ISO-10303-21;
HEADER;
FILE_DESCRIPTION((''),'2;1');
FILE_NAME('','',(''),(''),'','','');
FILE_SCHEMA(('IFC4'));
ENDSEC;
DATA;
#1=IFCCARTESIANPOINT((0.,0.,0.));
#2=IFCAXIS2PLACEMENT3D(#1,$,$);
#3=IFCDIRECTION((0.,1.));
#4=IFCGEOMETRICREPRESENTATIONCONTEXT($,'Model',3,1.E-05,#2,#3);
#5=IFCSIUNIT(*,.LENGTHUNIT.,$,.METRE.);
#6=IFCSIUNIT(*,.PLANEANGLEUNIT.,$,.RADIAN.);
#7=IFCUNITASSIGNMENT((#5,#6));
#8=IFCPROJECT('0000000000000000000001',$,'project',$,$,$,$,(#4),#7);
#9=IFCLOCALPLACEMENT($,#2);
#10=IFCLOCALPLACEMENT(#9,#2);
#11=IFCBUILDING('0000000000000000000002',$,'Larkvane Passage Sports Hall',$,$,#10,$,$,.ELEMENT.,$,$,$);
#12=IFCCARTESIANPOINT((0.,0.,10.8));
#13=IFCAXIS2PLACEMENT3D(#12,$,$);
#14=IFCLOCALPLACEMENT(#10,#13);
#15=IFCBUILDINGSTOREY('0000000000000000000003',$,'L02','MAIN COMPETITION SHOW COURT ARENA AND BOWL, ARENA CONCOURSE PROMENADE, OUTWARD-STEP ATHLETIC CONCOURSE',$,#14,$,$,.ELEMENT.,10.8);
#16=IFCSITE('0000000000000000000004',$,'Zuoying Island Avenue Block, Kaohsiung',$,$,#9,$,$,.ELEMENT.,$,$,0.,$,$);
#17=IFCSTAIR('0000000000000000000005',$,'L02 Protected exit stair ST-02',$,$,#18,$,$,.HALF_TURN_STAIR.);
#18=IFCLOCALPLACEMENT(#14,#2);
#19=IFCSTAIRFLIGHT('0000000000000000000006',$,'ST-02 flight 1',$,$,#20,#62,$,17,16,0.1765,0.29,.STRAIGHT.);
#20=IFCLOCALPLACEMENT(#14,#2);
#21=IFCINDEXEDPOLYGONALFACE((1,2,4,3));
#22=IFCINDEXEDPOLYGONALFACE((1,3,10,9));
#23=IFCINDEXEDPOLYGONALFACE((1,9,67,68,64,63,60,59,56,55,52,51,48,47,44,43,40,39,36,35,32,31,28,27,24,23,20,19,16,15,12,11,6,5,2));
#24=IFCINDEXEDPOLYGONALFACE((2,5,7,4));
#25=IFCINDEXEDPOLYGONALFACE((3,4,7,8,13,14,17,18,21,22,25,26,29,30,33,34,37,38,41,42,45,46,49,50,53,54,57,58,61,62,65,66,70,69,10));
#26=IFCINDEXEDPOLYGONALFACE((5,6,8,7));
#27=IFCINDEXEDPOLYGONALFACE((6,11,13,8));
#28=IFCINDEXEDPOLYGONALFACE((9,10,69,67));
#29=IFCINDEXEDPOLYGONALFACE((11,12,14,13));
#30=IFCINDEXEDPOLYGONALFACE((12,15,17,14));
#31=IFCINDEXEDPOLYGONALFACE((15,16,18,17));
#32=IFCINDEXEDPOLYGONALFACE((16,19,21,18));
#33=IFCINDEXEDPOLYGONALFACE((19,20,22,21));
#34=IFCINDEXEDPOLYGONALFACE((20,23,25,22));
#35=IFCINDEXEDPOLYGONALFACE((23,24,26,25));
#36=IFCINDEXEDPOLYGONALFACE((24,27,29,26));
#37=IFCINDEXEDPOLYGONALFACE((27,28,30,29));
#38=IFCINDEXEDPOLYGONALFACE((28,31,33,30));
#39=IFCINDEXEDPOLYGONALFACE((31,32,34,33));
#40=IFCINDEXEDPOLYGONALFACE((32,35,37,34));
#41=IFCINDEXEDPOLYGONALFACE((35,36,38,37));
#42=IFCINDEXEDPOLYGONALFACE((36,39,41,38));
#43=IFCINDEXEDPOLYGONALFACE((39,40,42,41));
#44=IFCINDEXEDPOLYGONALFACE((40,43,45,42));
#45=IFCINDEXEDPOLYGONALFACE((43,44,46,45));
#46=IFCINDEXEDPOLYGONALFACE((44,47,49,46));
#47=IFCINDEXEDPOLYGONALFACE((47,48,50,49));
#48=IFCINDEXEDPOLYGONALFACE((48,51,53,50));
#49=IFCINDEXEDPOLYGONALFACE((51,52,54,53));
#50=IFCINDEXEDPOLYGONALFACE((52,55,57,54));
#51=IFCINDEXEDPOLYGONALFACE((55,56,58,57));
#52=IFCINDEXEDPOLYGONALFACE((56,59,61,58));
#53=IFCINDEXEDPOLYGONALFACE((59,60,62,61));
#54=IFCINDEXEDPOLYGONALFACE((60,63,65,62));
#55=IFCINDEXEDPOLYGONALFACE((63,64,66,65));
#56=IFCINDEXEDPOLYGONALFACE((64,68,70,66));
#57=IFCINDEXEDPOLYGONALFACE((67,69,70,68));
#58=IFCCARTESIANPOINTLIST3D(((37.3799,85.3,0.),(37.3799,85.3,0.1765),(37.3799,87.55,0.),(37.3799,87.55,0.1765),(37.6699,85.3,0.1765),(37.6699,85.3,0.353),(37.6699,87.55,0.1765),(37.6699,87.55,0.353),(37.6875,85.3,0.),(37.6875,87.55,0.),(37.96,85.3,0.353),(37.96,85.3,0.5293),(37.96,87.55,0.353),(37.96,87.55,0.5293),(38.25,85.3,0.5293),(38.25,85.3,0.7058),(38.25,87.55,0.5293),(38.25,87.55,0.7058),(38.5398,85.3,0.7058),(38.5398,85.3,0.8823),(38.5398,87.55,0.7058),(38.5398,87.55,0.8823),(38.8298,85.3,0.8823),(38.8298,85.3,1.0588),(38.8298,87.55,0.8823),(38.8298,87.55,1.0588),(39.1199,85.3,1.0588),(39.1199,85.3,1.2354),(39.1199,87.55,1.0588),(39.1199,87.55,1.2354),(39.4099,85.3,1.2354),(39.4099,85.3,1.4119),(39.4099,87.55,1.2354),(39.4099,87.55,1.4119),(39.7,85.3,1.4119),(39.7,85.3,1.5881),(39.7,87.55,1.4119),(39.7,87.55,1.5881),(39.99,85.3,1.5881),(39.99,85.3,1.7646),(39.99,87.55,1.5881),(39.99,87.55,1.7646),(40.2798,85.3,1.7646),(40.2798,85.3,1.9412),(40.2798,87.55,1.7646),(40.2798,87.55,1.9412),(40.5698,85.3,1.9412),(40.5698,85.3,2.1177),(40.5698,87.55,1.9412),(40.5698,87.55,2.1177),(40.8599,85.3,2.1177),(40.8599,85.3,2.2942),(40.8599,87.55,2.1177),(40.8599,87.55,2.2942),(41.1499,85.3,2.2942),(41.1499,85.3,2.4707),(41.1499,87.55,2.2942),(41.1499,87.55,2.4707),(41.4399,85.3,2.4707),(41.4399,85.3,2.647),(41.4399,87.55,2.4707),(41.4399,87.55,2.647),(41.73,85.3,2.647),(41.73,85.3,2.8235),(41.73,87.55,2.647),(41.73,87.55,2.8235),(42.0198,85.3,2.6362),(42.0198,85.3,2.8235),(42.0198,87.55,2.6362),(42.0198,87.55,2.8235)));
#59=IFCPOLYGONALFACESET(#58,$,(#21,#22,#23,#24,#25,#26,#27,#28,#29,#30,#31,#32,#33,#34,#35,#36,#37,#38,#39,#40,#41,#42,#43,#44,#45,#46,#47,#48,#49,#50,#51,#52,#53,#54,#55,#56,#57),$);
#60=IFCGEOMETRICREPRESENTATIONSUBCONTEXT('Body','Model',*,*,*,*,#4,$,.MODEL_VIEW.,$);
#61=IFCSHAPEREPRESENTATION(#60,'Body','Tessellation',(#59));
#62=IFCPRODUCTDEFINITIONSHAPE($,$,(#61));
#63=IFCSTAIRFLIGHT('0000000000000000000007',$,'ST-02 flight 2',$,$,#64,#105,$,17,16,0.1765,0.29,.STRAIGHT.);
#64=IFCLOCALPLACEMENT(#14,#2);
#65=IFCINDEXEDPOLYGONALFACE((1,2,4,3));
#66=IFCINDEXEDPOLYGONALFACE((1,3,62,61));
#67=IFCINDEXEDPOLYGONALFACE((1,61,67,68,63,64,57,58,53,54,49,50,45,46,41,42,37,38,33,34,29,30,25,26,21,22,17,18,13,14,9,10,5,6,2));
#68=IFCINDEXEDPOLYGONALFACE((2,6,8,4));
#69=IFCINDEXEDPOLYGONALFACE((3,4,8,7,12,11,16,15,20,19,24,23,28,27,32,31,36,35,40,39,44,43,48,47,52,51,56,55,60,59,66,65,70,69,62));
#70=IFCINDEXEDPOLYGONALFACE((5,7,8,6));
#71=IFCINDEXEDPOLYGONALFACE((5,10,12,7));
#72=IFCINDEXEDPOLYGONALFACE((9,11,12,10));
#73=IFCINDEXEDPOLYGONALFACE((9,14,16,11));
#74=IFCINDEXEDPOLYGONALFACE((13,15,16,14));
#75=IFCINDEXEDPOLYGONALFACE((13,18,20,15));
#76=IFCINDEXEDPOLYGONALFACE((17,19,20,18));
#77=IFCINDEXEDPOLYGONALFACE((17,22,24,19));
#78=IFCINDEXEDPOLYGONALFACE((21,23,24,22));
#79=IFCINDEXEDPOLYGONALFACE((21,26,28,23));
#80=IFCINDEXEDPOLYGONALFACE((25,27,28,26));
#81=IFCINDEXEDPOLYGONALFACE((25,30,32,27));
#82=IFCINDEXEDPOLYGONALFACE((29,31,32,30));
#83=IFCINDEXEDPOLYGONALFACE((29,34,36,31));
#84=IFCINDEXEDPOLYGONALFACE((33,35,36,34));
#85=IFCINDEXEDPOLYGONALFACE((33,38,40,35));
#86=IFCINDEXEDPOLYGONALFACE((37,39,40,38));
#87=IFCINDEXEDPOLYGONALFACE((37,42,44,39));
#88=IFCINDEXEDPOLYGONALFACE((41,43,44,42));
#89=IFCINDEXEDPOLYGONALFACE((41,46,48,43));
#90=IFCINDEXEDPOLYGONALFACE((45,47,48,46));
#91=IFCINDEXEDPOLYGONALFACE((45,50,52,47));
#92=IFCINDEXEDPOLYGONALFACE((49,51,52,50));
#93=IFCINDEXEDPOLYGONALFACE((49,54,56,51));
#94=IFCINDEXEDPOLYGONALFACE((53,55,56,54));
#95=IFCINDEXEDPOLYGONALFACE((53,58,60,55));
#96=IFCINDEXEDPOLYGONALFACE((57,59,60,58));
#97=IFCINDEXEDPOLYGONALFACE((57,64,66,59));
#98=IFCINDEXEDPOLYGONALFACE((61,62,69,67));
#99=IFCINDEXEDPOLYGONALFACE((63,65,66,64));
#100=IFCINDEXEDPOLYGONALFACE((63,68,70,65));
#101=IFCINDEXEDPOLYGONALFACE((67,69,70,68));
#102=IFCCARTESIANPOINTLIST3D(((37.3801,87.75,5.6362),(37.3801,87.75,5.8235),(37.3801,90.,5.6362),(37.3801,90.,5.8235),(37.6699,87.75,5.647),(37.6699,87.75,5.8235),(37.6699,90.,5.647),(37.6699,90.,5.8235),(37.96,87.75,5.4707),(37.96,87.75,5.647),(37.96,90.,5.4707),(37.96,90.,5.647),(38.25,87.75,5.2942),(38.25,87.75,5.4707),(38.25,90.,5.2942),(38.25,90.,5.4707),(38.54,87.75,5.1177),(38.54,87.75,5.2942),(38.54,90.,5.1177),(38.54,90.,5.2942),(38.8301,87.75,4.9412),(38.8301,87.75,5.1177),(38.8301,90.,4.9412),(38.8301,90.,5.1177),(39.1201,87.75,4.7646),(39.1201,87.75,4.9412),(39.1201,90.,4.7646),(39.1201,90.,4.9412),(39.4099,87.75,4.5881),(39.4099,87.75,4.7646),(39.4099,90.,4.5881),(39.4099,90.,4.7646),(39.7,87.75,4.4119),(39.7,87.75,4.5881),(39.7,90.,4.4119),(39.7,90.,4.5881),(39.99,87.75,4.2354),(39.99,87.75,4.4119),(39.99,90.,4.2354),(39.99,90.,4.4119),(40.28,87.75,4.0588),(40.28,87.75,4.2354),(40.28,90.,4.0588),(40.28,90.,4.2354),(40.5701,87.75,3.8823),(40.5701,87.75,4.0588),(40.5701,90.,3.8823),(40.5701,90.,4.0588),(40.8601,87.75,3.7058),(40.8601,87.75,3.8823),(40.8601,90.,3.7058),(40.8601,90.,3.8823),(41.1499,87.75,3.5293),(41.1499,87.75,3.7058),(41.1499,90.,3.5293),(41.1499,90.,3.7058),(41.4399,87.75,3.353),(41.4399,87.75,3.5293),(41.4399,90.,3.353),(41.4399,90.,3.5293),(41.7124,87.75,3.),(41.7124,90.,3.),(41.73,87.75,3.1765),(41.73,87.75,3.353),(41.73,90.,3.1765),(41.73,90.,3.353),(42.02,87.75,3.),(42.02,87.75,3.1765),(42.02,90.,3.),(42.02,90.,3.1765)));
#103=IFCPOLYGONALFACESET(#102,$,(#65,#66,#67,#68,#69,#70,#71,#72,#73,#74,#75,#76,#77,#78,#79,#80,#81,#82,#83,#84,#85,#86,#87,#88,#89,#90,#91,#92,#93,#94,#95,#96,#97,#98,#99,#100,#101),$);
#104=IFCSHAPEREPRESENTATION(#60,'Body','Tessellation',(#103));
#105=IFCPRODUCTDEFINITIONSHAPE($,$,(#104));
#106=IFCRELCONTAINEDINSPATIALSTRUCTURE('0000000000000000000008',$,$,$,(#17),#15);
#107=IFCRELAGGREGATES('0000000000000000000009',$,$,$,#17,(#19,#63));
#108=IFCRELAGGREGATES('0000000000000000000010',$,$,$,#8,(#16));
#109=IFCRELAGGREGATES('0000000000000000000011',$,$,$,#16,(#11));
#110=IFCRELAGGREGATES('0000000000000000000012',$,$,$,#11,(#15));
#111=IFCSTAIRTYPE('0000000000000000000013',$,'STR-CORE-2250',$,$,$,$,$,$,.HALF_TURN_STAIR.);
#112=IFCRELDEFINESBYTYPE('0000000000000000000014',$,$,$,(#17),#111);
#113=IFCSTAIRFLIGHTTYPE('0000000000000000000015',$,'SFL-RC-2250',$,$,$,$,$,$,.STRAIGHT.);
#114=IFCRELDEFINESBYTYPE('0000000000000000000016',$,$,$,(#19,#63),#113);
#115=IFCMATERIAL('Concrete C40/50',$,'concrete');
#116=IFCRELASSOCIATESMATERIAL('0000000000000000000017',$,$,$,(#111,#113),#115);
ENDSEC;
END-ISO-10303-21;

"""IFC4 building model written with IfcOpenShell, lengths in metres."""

from ifc_helpers import new_model, si_unit, direction, frame, origin, place, context, subcontext, project, spatial, polyline, outline, extrude, material, type_object, element, aggregate, save


model = new_model("IFC4")

# Units and contexts
model_context = context("Model", 3, precision=1e-05, world=origin(), true_north=direction((0.0, 1.0)))
body_context = subcontext(model_context, "Body", "Model", "MODEL_VIEW")
ifc_project = project(units=[si_unit("LENGTHUNIT", "METRE"), si_unit("PLANEANGLEUNIT", "RADIAN")], contexts=[model_context])

# Site, building, storey
site_placement = place(None, origin())
site = spatial("IfcSite", under=ifc_project, at=site_placement, Name="Zuoying Island Avenue Block, Kaohsiung", CompositionType="ELEMENT", RefElevation=0.0)
building_placement = place(site_placement, origin())
building = spatial("IfcBuilding", under=site, at=building_placement, Name="Larkvane Passage Sports Hall", CompositionType="ELEMENT")
storey_placement = place(building_placement, frame((0.0, 0.0, 10.8)))
storey = spatial("IfcBuildingStorey", under=building, at=storey_placement, Name="L02", Description="MAIN COMPETITION SHOW COURT ARENA AND BOWL, ARENA CONCOURSE PROMENADE, OUTWARD-STEP ATHLETIC CONCOURSE", CompositionType="ELEMENT", Elevation=10.8)

# Shared definitions
ifc_material_1 = material(Name="Concrete C40/50", Category="concrete")

# Stair, stair flights
stair_type = type_object("IfcStairType", Name="STR-CORE-2250", PredefinedType="HALF_TURN_STAIR", material=ifc_material_1)
stair_placement = place(storey_placement, origin())
stair = element("IfcStair", 1, at=stair_placement, inside=storey, type_object=stair_type, Name="L02 Protected exit stair ST-02", PredefinedType="HALF_TURN_STAIR")
stair_flight_type = type_object("IfcStairFlightType", Name="SFL-RC-2250", PredefinedType="STRAIGHT", material=ifc_material_1)
stair_flight_1_placement = place(storey_placement, frame((37.3799, 86.425, 0.0), z_axis=(0.0, 0.0, 1.0), x_axis=(1.0, 0.0, 0.0)))
stair_flight_1 = element("IfcStairFlight", 2, at=stair_flight_1_placement, type_object=stair_flight_type, Name="ST-02 flight 1", NumberOfRisers=17, NumberOfTreads=16, PredefinedType="STRAIGHT", RiserHeight=0.1765, TreadLength=0.29, context=body_context, shape_type="SweptSolid", body=[
    extrude(outline(polyline([(0.0, 0.0), (0.0, 0.1765), (0.29, 0.1765), (0.29, 0.353), (0.5801, 0.353), (0.5801, 0.5293), (0.8701, 0.5293), (0.8701, 0.7058), (1.1599, 0.7058), (1.1599, 0.8823), (1.45, 0.8823), (1.45, 1.0588), (1.74, 1.0588), (1.74, 1.2354), (2.03, 1.2354), (2.03, 1.4119), (2.3201, 1.4119), (2.3201, 1.5881), (2.6101, 1.5881), (2.6101, 1.7646), (2.8999, 1.7646), (2.8999, 1.9412), (3.1899, 1.9412), (3.1899, 2.1177), (3.48, 2.1177), (3.48, 2.2942), (3.77, 2.2942), (3.77, 2.4707), (4.0601, 2.4707), (4.0601, 2.647), (4.3501, 2.647), (4.3501, 2.8235), (4.6399, 2.8235), (4.6399, 3.0), (4.6399, 2.6362), (0.3076, 0.0), (0.0, 0.0)])), frame((0.0, 1.125, 0.0), z_axis=(0.0, -1.0, 0.0), x_axis=(1.0, 0.0, 0.0)), (0.0, 0.0, 1.0), 2.25),
])
stair_flight_2_placement = place(storey_placement, frame((42.02, 88.875, 3.0), z_axis=(0.0, 0.0, 1.0), x_axis=(-1.0, 0.0, 0.0)))
stair_flight_2 = element("IfcStairFlight", 3, at=stair_flight_2_placement, type_object=stair_flight_type, Name="ST-02 flight 2", NumberOfRisers=17, NumberOfTreads=16, PredefinedType="STRAIGHT", RiserHeight=0.1765, TreadLength=0.29, context=body_context, shape_type="SweptSolid", body=[
    extrude(outline(polyline([(0.0, 0.0), (0.0, 0.1765), (0.29, 0.1765), (0.29, 0.353), (0.5801, 0.353), (0.5801, 0.5293), (0.8701, 0.5293), (0.8701, 0.7058), (1.1599, 0.7058), (1.1599, 0.8823), (1.45, 0.8823), (1.45, 1.0588), (1.74, 1.0588), (1.74, 1.2354), (2.03, 1.2354), (2.03, 1.4119), (2.3201, 1.4119), (2.3201, 1.5881), (2.6101, 1.5881), (2.6101, 1.7646), (2.8999, 1.7646), (2.8999, 1.9412), (3.1899, 1.9412), (3.1899, 2.1177), (3.48, 2.1177), (3.48, 2.2942), (3.77, 2.2942), (3.77, 2.4707), (4.0601, 2.4707), (4.0601, 2.647), (4.3501, 2.647), (4.3501, 2.8235), (4.6399, 2.8235), (4.6399, 3.0), (4.6399, 2.6362), (0.3076, 0.0), (0.0, 0.0)])), frame((0.0, 1.125, 0.0), z_axis=(0.0, -1.0, 0.0), x_axis=(1.0, 0.0, 0.0)), (0.0, 0.0, 1.0), 2.25),
])
aggregate(stair, [stair_flight_1, stair_flight_2])

save(model, "model.ifc")
